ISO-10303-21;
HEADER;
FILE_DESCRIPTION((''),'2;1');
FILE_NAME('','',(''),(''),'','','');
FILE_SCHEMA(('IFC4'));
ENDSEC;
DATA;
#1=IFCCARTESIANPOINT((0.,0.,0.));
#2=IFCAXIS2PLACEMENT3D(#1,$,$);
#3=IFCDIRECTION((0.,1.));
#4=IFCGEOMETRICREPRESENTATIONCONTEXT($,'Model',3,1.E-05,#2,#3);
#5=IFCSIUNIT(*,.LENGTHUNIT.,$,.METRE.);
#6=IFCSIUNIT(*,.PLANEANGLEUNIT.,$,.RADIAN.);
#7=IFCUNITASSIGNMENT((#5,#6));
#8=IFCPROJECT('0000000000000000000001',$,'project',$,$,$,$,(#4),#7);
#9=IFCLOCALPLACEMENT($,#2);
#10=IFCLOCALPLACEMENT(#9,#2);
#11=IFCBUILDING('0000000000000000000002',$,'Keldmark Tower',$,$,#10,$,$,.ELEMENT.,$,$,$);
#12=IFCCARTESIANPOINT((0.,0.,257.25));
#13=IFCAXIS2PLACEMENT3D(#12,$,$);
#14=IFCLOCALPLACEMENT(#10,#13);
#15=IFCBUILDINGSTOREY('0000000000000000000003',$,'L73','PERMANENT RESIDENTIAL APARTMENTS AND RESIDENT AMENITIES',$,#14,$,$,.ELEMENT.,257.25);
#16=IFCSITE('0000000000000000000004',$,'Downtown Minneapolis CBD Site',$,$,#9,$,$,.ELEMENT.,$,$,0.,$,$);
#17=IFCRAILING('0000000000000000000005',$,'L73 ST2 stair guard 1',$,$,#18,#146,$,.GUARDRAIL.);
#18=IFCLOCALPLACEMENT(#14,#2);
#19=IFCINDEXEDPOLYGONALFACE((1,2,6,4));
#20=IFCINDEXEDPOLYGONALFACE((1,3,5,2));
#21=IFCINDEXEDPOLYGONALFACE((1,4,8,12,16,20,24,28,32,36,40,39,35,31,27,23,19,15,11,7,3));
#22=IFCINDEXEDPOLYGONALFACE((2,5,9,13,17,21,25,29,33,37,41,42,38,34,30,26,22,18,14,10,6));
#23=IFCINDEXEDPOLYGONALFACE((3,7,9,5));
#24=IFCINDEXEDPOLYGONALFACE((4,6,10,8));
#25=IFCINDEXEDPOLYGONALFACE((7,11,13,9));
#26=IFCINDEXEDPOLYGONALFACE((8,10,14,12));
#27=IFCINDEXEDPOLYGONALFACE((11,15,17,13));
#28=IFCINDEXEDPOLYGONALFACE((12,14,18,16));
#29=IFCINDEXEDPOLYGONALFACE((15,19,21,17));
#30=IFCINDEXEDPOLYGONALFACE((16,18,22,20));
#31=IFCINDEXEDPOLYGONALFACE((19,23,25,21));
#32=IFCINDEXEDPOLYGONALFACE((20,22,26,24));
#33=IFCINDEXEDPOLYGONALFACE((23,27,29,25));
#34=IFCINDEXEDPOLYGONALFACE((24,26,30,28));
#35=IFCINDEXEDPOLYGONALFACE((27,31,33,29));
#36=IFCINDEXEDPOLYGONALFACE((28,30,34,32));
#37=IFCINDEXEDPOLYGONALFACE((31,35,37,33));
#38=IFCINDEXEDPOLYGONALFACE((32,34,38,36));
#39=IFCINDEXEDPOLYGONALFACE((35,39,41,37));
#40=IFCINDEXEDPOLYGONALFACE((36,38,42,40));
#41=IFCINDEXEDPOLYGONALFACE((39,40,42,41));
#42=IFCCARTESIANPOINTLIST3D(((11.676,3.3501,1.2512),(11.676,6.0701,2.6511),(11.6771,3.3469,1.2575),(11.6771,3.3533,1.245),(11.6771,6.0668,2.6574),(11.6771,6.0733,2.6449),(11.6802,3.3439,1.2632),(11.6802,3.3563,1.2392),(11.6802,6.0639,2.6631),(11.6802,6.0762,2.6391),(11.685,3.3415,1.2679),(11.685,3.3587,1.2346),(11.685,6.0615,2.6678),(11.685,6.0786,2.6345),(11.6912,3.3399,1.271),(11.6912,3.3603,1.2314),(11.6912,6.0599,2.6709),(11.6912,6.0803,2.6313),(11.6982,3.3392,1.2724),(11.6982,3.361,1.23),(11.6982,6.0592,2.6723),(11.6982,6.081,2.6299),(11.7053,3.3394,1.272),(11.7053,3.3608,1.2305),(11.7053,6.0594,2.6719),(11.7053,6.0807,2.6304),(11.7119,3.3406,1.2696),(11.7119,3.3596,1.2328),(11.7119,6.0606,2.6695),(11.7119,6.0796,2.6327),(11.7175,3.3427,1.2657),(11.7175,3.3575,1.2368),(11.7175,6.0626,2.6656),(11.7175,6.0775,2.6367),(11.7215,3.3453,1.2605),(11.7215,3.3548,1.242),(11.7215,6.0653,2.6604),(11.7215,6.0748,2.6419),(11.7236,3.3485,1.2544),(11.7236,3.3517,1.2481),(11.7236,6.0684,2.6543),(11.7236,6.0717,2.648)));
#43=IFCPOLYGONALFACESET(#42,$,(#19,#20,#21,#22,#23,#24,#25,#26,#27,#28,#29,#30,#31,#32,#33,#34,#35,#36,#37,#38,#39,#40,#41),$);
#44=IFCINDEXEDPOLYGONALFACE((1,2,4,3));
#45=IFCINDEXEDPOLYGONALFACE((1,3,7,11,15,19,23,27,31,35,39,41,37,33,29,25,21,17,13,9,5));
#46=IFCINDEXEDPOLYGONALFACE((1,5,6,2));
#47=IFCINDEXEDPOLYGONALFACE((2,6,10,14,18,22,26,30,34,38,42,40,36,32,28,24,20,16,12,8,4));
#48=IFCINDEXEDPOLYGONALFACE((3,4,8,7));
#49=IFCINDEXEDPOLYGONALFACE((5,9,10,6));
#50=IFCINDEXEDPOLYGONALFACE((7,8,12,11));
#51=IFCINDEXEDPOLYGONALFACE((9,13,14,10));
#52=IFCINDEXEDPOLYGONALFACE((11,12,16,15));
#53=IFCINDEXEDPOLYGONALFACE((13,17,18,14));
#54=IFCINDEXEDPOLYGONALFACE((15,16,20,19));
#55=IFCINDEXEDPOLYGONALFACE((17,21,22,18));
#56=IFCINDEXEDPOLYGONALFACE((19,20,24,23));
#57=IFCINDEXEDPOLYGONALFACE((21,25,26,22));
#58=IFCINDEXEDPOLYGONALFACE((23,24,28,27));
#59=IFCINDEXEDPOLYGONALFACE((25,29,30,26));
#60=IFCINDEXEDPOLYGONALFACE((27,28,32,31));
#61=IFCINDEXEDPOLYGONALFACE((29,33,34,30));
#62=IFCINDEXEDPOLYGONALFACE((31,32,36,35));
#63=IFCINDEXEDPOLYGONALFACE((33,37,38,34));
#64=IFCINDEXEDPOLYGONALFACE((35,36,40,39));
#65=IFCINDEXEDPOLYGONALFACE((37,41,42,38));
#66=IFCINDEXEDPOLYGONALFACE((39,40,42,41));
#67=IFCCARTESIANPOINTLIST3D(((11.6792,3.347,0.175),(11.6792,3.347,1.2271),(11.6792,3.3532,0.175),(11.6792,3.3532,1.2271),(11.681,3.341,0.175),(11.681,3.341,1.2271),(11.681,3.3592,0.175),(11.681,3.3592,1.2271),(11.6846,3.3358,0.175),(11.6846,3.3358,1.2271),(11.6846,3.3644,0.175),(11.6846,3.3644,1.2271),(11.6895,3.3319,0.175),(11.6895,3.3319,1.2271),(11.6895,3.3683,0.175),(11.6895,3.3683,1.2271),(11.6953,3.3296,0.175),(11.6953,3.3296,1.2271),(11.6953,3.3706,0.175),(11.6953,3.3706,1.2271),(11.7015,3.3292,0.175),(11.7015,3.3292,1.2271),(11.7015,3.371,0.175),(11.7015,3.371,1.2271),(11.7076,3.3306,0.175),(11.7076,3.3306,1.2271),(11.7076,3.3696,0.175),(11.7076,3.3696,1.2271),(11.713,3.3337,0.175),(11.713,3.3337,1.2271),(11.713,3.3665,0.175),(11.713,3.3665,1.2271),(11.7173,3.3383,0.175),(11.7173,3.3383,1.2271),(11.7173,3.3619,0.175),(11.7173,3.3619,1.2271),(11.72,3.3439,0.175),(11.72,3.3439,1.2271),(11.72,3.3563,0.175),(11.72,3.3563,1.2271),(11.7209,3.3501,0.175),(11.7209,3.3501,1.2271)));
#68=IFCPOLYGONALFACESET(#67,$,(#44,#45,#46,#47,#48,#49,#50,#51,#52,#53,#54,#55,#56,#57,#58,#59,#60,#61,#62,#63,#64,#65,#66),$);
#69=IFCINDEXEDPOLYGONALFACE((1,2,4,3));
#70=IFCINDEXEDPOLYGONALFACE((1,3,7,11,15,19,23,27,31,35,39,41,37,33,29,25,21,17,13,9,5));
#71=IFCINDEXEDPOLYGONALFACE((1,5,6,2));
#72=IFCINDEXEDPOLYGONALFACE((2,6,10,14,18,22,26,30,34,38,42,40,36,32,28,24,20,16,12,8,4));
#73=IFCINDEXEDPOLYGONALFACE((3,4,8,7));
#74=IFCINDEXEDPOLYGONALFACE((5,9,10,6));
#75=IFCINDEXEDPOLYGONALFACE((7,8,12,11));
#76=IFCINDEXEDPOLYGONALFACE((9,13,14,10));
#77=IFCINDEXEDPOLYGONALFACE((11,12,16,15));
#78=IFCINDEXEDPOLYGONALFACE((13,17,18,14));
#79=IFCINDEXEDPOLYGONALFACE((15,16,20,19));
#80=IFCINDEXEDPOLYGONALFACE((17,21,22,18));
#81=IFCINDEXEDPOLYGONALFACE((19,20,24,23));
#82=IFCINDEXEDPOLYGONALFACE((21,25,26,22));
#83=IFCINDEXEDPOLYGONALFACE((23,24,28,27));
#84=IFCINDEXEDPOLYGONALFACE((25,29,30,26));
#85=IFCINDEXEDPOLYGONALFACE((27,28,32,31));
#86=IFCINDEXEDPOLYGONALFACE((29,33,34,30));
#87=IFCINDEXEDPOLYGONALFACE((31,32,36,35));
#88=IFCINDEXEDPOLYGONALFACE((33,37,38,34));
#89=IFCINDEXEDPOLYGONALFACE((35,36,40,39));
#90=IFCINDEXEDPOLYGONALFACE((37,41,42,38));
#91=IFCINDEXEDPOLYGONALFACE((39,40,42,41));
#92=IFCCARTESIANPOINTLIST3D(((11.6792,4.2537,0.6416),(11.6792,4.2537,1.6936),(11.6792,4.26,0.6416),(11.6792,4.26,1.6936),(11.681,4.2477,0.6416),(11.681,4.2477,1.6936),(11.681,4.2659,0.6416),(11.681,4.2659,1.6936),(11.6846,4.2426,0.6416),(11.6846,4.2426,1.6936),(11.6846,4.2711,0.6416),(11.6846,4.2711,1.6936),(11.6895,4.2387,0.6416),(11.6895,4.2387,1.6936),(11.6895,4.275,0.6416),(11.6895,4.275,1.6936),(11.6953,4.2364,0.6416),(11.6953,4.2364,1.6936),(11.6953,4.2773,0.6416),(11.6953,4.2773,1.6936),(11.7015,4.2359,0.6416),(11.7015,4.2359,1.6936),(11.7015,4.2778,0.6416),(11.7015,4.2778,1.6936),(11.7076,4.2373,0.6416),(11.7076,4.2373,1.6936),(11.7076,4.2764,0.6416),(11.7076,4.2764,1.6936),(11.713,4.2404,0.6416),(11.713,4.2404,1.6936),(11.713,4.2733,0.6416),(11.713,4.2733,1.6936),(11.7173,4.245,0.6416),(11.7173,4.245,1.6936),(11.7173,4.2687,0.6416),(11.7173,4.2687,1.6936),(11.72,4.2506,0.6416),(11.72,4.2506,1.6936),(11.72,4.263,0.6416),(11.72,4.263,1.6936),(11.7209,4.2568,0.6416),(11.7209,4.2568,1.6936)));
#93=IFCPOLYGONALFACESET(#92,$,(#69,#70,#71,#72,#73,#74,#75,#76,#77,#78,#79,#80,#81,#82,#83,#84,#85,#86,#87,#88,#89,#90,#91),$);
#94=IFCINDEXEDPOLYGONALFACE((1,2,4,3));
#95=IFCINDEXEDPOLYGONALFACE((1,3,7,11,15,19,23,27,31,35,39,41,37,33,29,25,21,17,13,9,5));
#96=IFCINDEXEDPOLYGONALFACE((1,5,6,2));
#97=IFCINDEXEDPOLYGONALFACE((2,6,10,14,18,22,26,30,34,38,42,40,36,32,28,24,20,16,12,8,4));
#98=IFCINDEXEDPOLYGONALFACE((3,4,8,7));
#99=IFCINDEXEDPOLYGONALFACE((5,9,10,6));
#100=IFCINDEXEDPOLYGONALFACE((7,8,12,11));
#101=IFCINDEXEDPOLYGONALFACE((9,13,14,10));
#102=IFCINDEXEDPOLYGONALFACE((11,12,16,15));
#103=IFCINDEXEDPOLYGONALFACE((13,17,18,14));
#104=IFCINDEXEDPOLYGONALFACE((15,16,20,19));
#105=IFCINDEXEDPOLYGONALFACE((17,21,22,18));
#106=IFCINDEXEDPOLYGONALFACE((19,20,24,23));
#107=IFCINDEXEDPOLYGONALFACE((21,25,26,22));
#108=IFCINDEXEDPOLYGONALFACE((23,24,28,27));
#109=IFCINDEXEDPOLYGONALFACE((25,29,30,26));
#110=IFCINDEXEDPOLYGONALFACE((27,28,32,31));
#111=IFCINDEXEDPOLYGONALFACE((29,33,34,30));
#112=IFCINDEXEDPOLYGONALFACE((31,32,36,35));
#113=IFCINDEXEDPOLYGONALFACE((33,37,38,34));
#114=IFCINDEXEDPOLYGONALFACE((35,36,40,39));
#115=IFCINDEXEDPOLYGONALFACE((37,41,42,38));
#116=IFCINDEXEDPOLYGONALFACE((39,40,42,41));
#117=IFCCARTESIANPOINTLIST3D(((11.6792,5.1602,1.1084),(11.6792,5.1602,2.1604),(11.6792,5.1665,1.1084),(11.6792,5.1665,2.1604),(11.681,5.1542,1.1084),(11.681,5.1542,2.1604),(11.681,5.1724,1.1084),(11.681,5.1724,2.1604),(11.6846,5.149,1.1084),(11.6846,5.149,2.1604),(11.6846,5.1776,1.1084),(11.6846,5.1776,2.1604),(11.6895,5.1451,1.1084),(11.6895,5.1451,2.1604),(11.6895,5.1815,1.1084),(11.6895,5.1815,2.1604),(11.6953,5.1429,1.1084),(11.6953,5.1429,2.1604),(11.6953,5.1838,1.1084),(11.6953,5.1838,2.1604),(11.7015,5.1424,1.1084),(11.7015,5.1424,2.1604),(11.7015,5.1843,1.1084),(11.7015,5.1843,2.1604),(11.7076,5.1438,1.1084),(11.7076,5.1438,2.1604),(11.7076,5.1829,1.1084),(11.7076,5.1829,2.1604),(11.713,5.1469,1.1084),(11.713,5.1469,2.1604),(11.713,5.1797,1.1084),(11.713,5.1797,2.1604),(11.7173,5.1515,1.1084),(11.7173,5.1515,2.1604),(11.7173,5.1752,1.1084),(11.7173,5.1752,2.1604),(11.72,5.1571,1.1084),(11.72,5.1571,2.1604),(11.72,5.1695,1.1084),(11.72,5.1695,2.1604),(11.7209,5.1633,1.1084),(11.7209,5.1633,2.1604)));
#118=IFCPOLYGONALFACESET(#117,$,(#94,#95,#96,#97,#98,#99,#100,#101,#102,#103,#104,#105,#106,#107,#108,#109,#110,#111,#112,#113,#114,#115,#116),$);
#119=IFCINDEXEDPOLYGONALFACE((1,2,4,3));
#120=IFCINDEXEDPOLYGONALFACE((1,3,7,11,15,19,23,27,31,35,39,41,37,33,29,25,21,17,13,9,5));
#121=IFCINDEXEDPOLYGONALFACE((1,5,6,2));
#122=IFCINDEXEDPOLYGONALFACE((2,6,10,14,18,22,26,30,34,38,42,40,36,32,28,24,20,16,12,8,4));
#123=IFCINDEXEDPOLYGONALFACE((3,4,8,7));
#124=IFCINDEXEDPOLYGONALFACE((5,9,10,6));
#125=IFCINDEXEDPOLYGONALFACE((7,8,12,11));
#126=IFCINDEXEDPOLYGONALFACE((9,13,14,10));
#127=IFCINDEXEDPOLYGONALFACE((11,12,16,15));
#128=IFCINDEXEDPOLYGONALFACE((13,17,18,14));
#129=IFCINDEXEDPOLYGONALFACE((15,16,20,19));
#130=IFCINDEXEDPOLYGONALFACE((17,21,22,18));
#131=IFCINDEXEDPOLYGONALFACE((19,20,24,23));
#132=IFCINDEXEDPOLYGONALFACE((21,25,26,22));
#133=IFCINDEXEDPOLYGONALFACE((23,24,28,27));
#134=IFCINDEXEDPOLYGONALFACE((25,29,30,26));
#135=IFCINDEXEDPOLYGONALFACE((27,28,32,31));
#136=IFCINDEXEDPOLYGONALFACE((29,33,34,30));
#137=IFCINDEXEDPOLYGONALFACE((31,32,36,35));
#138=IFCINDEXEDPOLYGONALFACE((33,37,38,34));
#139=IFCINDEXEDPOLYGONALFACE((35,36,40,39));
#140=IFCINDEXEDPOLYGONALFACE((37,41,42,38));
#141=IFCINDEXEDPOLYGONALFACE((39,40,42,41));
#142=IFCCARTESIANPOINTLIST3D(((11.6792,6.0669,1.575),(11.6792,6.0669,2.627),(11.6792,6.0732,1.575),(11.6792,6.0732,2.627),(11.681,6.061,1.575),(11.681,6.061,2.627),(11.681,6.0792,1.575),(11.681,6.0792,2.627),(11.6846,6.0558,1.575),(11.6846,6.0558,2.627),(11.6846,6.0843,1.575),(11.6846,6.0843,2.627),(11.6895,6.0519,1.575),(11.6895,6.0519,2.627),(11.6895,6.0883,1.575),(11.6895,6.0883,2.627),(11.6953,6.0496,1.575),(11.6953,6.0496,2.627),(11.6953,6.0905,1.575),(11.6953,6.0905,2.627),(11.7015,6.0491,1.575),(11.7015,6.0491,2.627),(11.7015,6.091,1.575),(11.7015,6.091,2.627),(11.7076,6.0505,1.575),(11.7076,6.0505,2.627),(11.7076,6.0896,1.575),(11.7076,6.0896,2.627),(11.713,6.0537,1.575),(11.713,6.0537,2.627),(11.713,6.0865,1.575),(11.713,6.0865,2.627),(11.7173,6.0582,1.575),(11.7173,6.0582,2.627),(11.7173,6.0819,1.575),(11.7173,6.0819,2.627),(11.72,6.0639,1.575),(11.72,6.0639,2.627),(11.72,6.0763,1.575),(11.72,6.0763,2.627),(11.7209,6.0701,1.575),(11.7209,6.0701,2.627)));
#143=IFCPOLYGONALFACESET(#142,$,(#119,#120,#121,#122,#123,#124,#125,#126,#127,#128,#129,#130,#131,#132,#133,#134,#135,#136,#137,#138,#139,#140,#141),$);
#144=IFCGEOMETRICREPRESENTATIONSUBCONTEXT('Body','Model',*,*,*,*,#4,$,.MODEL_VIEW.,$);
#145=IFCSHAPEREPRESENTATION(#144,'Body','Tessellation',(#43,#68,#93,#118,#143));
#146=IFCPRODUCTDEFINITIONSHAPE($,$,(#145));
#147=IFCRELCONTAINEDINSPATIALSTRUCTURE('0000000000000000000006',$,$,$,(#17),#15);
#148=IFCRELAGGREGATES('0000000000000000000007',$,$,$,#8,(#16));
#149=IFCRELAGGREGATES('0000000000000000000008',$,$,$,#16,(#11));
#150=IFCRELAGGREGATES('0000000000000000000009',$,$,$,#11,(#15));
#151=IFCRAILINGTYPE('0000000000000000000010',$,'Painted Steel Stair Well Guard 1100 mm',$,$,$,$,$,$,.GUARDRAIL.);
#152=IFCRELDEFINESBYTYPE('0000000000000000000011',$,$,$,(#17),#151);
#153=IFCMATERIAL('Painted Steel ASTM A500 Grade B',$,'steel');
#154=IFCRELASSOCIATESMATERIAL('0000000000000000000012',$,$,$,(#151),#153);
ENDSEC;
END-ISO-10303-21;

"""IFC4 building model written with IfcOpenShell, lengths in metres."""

from ifc_helpers import new_model, si_unit, direction, frame, origin, origin_2d, place, context, subcontext, project, spatial, circle, extrude, material, type_object, element, save


model = new_model("IFC4")

# Units and contexts
model_context = context("Model", 3, precision=1e-05, world=origin(), true_north=direction((0.0, 1.0)))
body_context = subcontext(model_context, "Body", "Model", "MODEL_VIEW")
ifc_project = project(units=[si_unit("LENGTHUNIT", "METRE"), si_unit("PLANEANGLEUNIT", "RADIAN")], contexts=[model_context])

# Site, building, storey
site_placement = place(None, origin())
site = spatial("IfcSite", under=ifc_project, at=site_placement, Name="Downtown Minneapolis CBD Site", CompositionType="ELEMENT", RefElevation=0.0)
building_placement = place(site_placement, origin())
building = spatial("IfcBuilding", under=site, at=building_placement, Name="Keldmark Tower", CompositionType="ELEMENT")
storey_placement = place(building_placement, frame((0.0, 0.0, 257.25)))
storey = spatial("IfcBuildingStorey", under=building, at=storey_placement, Name="L73", Description="PERMANENT RESIDENTIAL APARTMENTS AND RESIDENT AMENITIES", CompositionType="ELEMENT", Elevation=257.25)

# Railing
ifc_material_1 = material(Name="Painted Steel ASTM A500 Grade B", Category="steel")
railing_type_1 = type_object("IfcRailingType", Name="Painted Steel Stair Well Guard 1100 mm", PredefinedType="GUARDRAIL", material=ifc_material_1)
railing_1_placement = place(storey_placement, frame((11.7, 3.3501, 0.175)))
element("IfcRailing", 1, at=railing_1_placement, inside=storey, type_object=railing_type_1, Name="L73 ST2 stair guard 1", PredefinedType="GUARDRAIL", context=body_context, shape_type="SweptSolid", body=[
    extrude(circle(Radius=0.0239, at=origin_2d()), frame((0.0, 0.0, 1.0762), z_axis=(0.0, 0.889147, 0.457622), x_axis=(-1.0, 0.0, 0.0)), (0.0, 0.0, 1.0), 3.0591),
    extrude(circle(Radius=0.021, at=origin_2d()), origin(), (0.0, 0.0, 1.0), 1.052),
    extrude(circle(Radius=0.021, at=origin_2d()), frame((0.0, 0.9067, 0.4666)), (0.0, 0.0, 1.0), 1.052),
    extrude(circle(Radius=0.021, at=origin_2d()), frame((0.0, 1.8132, 0.9333)), (0.0, 0.0, 1.0), 1.052),
    extrude(circle(Radius=0.021, at=origin_2d()), frame((0.0, 2.72, 1.3999)), (0.0, 0.0, 1.0), 1.052),
])

save(model, "model.ifc")
